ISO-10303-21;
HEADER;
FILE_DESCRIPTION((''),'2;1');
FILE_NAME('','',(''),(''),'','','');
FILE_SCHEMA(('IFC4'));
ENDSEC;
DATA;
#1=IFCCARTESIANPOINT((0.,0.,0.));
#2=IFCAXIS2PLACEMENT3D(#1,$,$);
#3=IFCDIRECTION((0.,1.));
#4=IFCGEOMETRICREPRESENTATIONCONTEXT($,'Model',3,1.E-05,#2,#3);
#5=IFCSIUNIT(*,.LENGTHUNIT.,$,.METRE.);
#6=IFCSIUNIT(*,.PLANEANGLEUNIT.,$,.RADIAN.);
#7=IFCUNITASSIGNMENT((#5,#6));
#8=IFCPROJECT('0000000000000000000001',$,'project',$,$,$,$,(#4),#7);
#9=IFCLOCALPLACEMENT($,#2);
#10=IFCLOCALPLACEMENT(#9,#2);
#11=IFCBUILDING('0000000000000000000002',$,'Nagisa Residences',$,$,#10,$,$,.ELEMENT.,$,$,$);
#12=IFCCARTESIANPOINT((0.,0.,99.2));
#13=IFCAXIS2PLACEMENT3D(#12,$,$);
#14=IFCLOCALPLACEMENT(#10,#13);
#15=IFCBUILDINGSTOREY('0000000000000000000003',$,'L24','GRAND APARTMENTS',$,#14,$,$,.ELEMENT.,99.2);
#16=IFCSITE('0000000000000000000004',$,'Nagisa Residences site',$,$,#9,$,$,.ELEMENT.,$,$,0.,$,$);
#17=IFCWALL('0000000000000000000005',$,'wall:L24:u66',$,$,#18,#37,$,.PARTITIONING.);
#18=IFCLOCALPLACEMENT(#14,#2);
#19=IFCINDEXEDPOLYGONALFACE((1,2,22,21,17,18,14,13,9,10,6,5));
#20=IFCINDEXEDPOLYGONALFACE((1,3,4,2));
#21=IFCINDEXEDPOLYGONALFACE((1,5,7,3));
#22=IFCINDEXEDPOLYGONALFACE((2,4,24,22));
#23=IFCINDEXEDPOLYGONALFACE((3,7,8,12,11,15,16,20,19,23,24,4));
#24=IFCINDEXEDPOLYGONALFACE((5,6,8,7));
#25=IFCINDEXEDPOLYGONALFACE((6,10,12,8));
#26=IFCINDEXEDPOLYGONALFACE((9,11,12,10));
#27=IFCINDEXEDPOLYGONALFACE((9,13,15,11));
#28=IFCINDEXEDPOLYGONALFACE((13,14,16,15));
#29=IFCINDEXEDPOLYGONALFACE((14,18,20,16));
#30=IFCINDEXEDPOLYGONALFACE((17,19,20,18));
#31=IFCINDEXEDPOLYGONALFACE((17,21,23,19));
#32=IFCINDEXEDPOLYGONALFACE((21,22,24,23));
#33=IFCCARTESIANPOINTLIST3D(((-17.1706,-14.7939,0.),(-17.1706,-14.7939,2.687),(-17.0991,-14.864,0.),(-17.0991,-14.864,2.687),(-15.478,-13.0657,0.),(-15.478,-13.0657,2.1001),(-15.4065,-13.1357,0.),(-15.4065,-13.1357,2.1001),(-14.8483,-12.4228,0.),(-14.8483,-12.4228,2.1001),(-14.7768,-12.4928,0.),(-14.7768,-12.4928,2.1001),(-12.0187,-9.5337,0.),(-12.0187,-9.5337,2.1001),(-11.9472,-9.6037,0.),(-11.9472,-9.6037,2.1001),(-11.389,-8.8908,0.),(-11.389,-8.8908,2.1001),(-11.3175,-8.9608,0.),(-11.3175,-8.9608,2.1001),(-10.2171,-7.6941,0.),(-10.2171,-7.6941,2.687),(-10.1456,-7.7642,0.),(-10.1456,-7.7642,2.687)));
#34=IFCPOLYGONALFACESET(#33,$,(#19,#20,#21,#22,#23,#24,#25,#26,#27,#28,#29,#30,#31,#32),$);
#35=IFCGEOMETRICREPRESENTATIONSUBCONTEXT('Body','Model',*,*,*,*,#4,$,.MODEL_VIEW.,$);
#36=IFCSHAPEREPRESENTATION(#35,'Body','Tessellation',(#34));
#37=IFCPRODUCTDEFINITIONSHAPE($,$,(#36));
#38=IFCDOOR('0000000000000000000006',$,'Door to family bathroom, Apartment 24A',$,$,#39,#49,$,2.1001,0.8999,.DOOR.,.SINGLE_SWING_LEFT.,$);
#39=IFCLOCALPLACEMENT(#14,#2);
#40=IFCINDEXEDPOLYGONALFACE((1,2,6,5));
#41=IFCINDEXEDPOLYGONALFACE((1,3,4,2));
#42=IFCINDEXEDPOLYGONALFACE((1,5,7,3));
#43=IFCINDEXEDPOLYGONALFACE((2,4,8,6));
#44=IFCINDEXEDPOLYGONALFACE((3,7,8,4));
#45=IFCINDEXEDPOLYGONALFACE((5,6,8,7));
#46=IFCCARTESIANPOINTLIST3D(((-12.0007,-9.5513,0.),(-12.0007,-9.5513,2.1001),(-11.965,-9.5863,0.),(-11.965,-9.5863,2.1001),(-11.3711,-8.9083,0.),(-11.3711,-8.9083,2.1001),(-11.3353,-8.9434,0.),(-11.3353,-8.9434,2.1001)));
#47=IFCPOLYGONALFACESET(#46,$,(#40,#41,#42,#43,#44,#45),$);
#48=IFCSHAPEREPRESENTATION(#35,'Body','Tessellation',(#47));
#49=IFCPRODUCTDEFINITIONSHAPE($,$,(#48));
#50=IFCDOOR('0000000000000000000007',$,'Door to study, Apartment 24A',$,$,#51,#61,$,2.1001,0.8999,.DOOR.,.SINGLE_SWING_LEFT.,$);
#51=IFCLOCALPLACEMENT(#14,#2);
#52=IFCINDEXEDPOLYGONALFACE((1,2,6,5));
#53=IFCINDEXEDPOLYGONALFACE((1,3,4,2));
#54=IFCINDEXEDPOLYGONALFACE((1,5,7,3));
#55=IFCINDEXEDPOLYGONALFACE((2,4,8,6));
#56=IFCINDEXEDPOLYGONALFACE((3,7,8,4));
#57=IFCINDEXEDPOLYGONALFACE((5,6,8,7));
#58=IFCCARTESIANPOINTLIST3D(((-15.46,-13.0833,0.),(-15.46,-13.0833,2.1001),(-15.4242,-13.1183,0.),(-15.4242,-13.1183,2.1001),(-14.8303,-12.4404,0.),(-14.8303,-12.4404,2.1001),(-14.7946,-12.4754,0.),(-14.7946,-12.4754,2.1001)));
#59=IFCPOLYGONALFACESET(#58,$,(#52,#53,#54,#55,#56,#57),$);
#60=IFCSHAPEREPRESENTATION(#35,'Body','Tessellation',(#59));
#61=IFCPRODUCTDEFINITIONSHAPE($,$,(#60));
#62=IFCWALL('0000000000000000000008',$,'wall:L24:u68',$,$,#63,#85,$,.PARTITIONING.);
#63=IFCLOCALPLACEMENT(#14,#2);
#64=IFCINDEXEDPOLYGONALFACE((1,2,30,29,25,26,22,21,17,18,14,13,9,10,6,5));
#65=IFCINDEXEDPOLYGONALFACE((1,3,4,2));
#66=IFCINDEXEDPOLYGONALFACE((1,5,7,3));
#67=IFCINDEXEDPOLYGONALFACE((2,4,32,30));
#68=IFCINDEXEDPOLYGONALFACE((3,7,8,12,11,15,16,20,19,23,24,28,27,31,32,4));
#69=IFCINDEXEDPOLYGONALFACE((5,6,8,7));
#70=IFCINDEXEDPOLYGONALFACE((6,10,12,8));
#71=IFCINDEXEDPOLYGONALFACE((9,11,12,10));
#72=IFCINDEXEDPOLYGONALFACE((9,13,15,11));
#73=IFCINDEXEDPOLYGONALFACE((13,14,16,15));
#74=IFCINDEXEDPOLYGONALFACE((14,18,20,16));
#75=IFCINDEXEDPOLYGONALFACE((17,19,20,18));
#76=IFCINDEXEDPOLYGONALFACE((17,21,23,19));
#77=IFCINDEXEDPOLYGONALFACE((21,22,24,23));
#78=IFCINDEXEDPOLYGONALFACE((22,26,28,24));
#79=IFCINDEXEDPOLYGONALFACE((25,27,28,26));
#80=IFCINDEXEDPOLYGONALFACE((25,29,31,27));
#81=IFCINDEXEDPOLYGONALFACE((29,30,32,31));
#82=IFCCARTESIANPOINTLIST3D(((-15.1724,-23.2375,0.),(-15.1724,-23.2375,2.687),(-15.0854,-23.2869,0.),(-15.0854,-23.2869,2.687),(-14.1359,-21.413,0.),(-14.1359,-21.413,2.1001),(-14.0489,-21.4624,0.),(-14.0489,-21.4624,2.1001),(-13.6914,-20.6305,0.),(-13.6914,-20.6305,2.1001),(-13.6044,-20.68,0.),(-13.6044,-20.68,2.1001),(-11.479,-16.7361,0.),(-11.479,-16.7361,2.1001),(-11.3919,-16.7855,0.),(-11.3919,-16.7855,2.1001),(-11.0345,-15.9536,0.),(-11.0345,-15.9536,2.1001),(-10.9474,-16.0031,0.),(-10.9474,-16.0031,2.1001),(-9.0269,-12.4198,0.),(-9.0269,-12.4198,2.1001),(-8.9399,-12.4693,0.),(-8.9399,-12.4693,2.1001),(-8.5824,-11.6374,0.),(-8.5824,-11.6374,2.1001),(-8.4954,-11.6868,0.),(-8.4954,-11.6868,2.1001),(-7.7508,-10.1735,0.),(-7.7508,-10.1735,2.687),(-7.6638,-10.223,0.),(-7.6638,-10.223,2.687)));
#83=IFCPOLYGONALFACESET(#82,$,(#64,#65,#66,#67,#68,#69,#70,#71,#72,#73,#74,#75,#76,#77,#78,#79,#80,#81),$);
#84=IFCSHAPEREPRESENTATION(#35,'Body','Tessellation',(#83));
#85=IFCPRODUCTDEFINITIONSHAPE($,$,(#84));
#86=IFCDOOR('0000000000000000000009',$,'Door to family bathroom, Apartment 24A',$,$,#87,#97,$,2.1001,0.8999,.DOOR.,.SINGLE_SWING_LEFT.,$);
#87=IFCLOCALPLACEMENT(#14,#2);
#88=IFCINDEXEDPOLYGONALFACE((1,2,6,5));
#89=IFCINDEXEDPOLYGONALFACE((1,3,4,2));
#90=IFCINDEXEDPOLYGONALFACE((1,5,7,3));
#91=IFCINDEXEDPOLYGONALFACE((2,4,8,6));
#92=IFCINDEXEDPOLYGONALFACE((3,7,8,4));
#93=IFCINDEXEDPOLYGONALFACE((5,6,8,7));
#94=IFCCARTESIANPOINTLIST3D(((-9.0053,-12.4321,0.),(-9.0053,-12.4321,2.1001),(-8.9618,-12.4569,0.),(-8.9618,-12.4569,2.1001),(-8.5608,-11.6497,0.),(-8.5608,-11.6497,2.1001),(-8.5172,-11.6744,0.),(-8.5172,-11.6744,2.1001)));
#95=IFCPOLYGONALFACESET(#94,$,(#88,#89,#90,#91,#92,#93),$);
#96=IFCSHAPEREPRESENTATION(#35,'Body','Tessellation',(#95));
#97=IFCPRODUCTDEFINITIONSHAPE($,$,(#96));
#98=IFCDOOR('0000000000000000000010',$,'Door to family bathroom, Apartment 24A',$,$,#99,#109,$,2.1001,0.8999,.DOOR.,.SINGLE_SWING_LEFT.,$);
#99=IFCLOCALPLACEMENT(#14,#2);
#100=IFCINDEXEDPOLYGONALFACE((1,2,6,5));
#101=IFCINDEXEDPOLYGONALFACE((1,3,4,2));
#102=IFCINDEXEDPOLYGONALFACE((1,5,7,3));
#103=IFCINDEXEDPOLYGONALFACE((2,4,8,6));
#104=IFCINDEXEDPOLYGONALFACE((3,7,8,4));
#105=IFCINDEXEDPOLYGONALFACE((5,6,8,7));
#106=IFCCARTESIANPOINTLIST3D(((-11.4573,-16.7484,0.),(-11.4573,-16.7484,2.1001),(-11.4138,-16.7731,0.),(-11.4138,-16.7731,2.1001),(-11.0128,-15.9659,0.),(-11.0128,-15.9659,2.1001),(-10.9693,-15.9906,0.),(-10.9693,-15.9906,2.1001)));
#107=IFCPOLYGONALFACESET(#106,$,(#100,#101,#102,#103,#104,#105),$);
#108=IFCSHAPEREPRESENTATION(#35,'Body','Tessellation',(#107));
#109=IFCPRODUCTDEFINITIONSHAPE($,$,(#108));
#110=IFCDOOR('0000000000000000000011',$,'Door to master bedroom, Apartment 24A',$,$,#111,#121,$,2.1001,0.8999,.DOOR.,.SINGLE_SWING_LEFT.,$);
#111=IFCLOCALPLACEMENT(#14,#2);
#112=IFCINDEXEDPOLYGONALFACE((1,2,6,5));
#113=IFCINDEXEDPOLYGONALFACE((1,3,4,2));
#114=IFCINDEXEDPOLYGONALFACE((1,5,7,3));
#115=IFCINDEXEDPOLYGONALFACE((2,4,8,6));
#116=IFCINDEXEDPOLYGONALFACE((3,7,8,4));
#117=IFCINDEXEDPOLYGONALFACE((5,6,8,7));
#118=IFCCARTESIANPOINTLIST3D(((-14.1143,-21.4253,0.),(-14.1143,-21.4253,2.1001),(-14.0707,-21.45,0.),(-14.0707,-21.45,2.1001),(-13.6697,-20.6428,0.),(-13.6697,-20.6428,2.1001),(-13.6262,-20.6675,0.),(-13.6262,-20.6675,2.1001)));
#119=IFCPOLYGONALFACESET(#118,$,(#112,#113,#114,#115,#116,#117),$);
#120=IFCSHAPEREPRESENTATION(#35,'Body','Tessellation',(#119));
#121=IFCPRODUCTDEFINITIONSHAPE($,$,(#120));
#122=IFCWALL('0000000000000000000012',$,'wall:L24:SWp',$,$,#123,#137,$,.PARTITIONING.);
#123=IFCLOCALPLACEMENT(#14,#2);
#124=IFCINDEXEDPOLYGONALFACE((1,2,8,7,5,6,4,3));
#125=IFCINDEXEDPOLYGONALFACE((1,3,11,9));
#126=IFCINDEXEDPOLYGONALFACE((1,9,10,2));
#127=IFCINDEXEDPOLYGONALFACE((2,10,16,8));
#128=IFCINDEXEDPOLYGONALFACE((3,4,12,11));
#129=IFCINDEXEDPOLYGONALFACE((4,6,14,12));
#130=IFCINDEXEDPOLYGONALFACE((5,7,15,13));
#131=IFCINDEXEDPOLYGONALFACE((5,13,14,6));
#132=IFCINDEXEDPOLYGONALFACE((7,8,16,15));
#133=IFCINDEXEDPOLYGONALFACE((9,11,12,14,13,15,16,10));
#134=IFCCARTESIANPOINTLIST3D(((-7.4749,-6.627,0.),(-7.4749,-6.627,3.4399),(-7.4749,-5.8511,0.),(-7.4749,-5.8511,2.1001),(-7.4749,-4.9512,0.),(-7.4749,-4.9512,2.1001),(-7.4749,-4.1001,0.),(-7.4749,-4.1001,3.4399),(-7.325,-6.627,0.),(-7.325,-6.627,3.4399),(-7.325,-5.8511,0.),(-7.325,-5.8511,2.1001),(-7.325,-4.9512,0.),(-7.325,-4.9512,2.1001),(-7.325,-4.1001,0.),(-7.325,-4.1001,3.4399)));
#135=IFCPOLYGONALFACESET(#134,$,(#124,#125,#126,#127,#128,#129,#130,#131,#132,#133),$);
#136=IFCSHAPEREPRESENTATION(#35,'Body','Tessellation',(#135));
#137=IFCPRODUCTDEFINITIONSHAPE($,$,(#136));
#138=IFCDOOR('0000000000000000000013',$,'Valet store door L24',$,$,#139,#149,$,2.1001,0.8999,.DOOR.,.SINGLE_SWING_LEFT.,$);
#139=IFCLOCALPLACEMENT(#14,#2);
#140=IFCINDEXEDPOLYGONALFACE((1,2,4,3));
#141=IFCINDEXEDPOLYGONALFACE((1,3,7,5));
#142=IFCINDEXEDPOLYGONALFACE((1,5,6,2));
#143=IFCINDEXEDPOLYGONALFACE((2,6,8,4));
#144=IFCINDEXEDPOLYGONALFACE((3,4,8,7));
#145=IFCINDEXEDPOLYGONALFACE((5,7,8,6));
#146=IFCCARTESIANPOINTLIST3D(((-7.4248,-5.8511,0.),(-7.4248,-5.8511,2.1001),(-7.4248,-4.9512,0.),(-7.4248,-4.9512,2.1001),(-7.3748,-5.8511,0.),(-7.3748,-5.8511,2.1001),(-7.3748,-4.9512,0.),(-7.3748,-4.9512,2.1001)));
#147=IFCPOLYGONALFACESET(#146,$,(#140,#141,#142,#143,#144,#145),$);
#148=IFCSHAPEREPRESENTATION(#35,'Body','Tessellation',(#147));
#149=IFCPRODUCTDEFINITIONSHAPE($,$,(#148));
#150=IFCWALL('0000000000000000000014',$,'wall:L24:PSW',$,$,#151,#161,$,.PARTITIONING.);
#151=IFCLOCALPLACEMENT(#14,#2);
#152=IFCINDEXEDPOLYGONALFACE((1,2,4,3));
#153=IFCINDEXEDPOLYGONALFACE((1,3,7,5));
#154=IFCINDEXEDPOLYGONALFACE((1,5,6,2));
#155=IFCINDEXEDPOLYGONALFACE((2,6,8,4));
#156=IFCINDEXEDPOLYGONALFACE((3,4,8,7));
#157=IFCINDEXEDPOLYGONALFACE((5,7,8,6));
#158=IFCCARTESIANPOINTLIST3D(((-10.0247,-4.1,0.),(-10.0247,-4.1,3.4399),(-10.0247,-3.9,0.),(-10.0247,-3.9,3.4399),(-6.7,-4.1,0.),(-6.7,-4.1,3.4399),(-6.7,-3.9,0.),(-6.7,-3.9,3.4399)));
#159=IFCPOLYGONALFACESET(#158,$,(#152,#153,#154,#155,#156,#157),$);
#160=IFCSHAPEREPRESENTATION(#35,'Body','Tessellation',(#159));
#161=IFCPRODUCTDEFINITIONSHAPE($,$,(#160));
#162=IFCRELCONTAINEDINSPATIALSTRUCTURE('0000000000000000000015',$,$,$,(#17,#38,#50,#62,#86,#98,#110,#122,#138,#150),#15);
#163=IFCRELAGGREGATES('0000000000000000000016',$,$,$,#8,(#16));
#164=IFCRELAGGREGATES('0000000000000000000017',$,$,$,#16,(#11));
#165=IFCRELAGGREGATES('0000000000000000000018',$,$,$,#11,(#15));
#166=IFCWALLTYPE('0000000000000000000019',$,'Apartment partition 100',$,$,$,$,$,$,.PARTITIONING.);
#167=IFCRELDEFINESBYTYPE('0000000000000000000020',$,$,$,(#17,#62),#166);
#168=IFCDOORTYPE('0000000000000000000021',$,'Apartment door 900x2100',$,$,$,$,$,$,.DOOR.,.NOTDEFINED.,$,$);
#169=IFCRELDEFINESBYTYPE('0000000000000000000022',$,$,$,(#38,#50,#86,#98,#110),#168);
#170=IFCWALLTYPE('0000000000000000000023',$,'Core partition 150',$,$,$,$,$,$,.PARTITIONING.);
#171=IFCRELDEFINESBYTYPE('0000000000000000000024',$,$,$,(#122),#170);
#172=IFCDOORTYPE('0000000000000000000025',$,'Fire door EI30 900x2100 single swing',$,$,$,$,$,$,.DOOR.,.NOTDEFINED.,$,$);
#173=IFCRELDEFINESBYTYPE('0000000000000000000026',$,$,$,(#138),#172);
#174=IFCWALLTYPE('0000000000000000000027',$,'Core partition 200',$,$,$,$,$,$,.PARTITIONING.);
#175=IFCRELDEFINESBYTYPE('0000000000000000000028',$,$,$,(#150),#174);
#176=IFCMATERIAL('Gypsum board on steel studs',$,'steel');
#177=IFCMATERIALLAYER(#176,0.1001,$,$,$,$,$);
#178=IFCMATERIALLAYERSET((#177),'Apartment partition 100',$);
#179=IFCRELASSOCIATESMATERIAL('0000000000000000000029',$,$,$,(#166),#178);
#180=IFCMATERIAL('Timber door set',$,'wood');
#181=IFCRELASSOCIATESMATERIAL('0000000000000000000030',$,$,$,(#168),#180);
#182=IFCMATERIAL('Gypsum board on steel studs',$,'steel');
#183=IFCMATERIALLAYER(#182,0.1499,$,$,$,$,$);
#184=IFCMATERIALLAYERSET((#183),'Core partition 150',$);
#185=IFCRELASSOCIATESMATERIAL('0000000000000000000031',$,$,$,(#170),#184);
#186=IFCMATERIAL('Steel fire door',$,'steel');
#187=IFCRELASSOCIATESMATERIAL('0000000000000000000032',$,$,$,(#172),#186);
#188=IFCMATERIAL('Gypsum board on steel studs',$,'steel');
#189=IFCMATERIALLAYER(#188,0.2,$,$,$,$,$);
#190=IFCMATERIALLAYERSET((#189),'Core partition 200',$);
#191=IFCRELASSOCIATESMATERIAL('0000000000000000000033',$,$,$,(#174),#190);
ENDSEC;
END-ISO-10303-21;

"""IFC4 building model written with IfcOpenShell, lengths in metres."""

from ifc_helpers import new_model, si_unit, direction, frame, frame_2d, origin, place, context, subcontext, project, spatial, rectangle, extrude, material, layer, layer_set, type_object, element, fill, save


model = new_model("IFC4")

# Units and contexts
model_context = context("Model", 3, precision=1e-05, world=origin(), true_north=direction((0.0, 1.0)))
body_context = subcontext(model_context, "Body", "Model", "MODEL_VIEW")
ifc_project = project(units=[si_unit("LENGTHUNIT", "METRE"), si_unit("PLANEANGLEUNIT", "RADIAN")], contexts=[model_context])

# Site, building, storey
site_placement = place(None, origin())
site = spatial("IfcSite", under=ifc_project, at=site_placement, Name="Nagisa Residences site", CompositionType="ELEMENT", RefElevation=0.0)
building_placement = place(site_placement, origin())
building = spatial("IfcBuilding", under=site, at=building_placement, Name="Nagisa Residences", CompositionType="ELEMENT")
storey_placement = place(building_placement, frame((0.0, 0.0, 99.2)))
storey = spatial("IfcBuildingStorey", under=building, at=storey_placement, Name="L24", Description="GRAND APARTMENTS", CompositionType="ELEMENT", Elevation=99.2)

# Walls, openings, doors
ifc_material_1 = material(Name="Gypsum board on steel studs", Category="steel")
ifc_layer_1 = layer(ifc_material_1, 0.1001)
ifc_layer_set_1 = layer_set([ifc_layer_1], Name="Apartment partition 100")
wall_type_1 = type_object("IfcWallType", Name="Apartment partition 100", PredefinedType="PARTITIONING", material=ifc_layer_set_1)
wall_1_placement = place(storey_placement, frame((-10.1814, -7.7292, 0.0), z_axis=(0.0, 0.0, 1.0), x_axis=(-0.699711, -0.714426, 0.0)))
wall_1 = element("IfcWall", 1, at=wall_1_placement, inside=storey, type_object=wall_type_1, Name="wall:L24:u66", PredefinedType="PARTITIONING", context=body_context, shape_type="SweptSolid", body=[
    extrude(rectangle(XDim=9.9377, YDim=0.1001, at=frame_2d((4.9688, 0.0))), origin(), (0.0, 0.0, 1.0), 2.687),
])
opening_1_placement = place(wall_1_placement, frame((1.6748, 0.0, 0.0)))
opening_1 = element("IfcOpeningElement", 2, at=opening_1_placement, cuts=wall_1, PredefinedType="OPENING", context=body_context, shape_type="SweptSolid", body=[
    extrude(rectangle(XDim=0.8999, YDim=2.1001, at=frame_2d((0.45, 1.05))), frame((0.0, 0.0601, 0.0), z_axis=(0.0, -1.0, 0.0), x_axis=(1.0, 0.0, 0.0)), (0.0, 0.0, 1.0), 0.1201),
])
opening_2_placement = place(wall_1_placement, frame((6.6187, 0.0, 0.0)))
opening_2 = element("IfcOpeningElement", 3, at=opening_2_placement, cuts=wall_1, PredefinedType="OPENING", context=body_context, shape_type="SweptSolid", body=[
    extrude(rectangle(XDim=0.8999, YDim=2.1001, at=frame_2d((0.45, 1.05))), frame((0.0, 0.0601, 0.0), z_axis=(0.0, -1.0, 0.0), x_axis=(1.0, 0.0, 0.0)), (0.0, 0.0, 1.0), 0.1201),
])
ifc_material_2 = material(Name="Timber door set", Category="wood")
door_type_1 = type_object("IfcDoorType", Name="Apartment door 900x2100", OperationType="NOTDEFINED", PredefinedType="DOOR", material=ifc_material_2)
door_1_placement = place(opening_1_placement, frame((0.8999, 0.0, 0.0), x_axis=(-1.0, 0.0, 0.0)))
door_1 = element("IfcDoor", 4, at=door_1_placement, inside=storey, type_object=door_type_1, Name="Door to family bathroom, Apartment 24A", OperationType="SINGLE_SWING_LEFT", OverallHeight=2.1001, OverallWidth=0.8999, PredefinedType="DOOR", context=body_context, shape_type="SweptSolid", body=[
    extrude(rectangle(XDim=0.8999, YDim=2.1001, at=frame_2d((0.45, 1.05))), frame((0.0, 0.0249, 0.0), z_axis=(0.0, -1.0, 0.0), x_axis=(1.0, 0.0, 0.0)), (0.0, 0.0, 1.0), 0.05),
])
fill(opening_1, door_1)
door_2_placement = place(opening_2_placement, frame((0.8999, 0.0, 0.0), x_axis=(-1.0, 0.0, 0.0)))
door_2 = element("IfcDoor", 5, at=door_2_placement, inside=storey, type_object=door_type_1, Name="Door to study, Apartment 24A", OperationType="SINGLE_SWING_LEFT", OverallHeight=2.1001, OverallWidth=0.8999, PredefinedType="DOOR", context=body_context, shape_type="SweptSolid", body=[
    extrude(rectangle(XDim=0.8999, YDim=2.1001, at=frame_2d((0.45, 1.05))), frame((0.0, 0.0249, 0.0), z_axis=(0.0, -1.0, 0.0), x_axis=(1.0, 0.0, 0.0)), (0.0, 0.0, 1.0), 0.05),
])
fill(opening_2, door_2)
wall_2_placement = place(storey_placement, frame((-7.7073, -10.1982, 0.0), z_axis=(0.0, 0.0, 1.0), x_axis=(-0.493955, -0.869487, 0.0)))
wall_2 = element("IfcWall", 6, at=wall_2_placement, inside=storey, type_object=wall_type_1, Name="wall:L24:u68", PredefinedType="PARTITIONING", context=body_context, shape_type="SweptSolid", body=[
    extrude(rectangle(XDim=15.0249, YDim=0.1001, at=frame_2d((7.5125, 0.0))), origin(), (0.0, 0.0, 1.0), 2.687),
])
opening_3_placement = place(wall_2_placement, frame((1.6836, 0.0, 0.0)))
opening_3 = element("IfcOpeningElement", 7, at=opening_3_placement, cuts=wall_2, PredefinedType="OPENING", context=body_context, shape_type="SweptSolid", body=[
    extrude(rectangle(XDim=0.8999, YDim=2.1001, at=frame_2d((0.45, 1.05))), frame((0.0, 0.0601, 0.0), z_axis=(0.0, -1.0, 0.0), x_axis=(1.0, 0.0, 0.0)), (0.0, 0.0, 1.0), 0.1201),
])
opening_4_placement = place(wall_2_placement, frame((6.6477, 0.0, 0.0)))
opening_4 = element("IfcOpeningElement", 8, at=opening_4_placement, cuts=wall_2, PredefinedType="OPENING", context=body_context, shape_type="SweptSolid", body=[
    extrude(rectangle(XDim=0.8999, YDim=2.1001, at=frame_2d((0.45, 1.05))), frame((0.0, 0.0601, 0.0), z_axis=(0.0, -1.0, 0.0), x_axis=(1.0, 0.0, 0.0)), (0.0, 0.0, 1.0), 0.1201),
])
opening_5_placement = place(wall_2_placement, frame((12.0266, 0.0, 0.0)))
opening_5 = element("IfcOpeningElement", 9, at=opening_5_placement, cuts=wall_2, PredefinedType="OPENING", context=body_context, shape_type="SweptSolid", body=[
    extrude(rectangle(XDim=0.8999, YDim=2.1001, at=frame_2d((0.45, 1.05))), frame((0.0, 0.0601, 0.0), z_axis=(0.0, -1.0, 0.0), x_axis=(1.0, 0.0, 0.0)), (0.0, 0.0, 1.0), 0.1201),
])
door_3_placement = place(opening_3_placement, origin())
door_3 = element("IfcDoor", 10, at=door_3_placement, inside=storey, type_object=door_type_1, Name="Door to family bathroom, Apartment 24A", OperationType="SINGLE_SWING_LEFT", OverallHeight=2.1001, OverallWidth=0.8999, PredefinedType="DOOR", context=body_context, shape_type="SweptSolid", body=[
    extrude(rectangle(XDim=0.8999, YDim=2.1001, at=frame_2d((0.45, 1.05))), frame((0.0, 0.0249, 0.0), z_axis=(0.0, -1.0, 0.0), x_axis=(1.0, 0.0, 0.0)), (0.0, 0.0, 1.0), 0.05),
])
fill(opening_3, door_3)
door_4_placement = place(opening_4_placement, origin())
door_4 = element("IfcDoor", 11, at=door_4_placement, inside=storey, type_object=door_type_1, Name="Door to family bathroom, Apartment 24A", OperationType="SINGLE_SWING_LEFT", OverallHeight=2.1001, OverallWidth=0.8999, PredefinedType="DOOR", context=body_context, shape_type="SweptSolid", body=[
    extrude(rectangle(XDim=0.8999, YDim=2.1001, at=frame_2d((0.45, 1.05))), frame((0.0, 0.0249, 0.0), z_axis=(0.0, -1.0, 0.0), x_axis=(1.0, 0.0, 0.0)), (0.0, 0.0, 1.0), 0.05),
])
fill(opening_4, door_4)
door_5_placement = place(opening_5_placement, origin())
door_5 = element("IfcDoor", 12, at=door_5_placement, inside=storey, type_object=door_type_1, Name="Door to master bedroom, Apartment 24A", OperationType="SINGLE_SWING_LEFT", OverallHeight=2.1001, OverallWidth=0.8999, PredefinedType="DOOR", context=body_context, shape_type="SweptSolid", body=[
    extrude(rectangle(XDim=0.8999, YDim=2.1001, at=frame_2d((0.45, 1.05))), frame((0.0, 0.0249, 0.0), z_axis=(0.0, -1.0, 0.0), x_axis=(1.0, 0.0, 0.0)), (0.0, 0.0, 1.0), 0.05),
])
fill(opening_5, door_5)

# Wall, opening, door
ifc_material_3 = material(Name="Gypsum board on steel studs", Category="steel")
ifc_layer_2 = layer(ifc_material_3, 0.1499)
ifc_layer_set_2 = layer_set([ifc_layer_2], Name="Core partition 150")
wall_type_2 = type_object("IfcWallType", Name="Core partition 150", PredefinedType="PARTITIONING", material=ifc_layer_set_2)
wall_3_placement = place(storey_placement, frame((-7.3999, -6.627, 0.0), z_axis=(0.0, 0.0, 1.0), x_axis=(0.0, 1.0, 0.0)))
wall_3 = element("IfcWall", 13, at=wall_3_placement, inside=storey, type_object=wall_type_2, Name="wall:L24:SWp", PredefinedType="PARTITIONING", context=body_context, shape_type="SweptSolid", body=[
    extrude(rectangle(XDim=2.5269, YDim=0.1499, at=frame_2d((1.2634, 0.0))), origin(), (0.0, 0.0, 1.0), 3.4399),
])
opening_6_placement = place(wall_3_placement, frame((0.7759, 0.0, 0.0)))
opening_6 = element("IfcOpeningElement", 14, at=opening_6_placement, cuts=wall_3, PredefinedType="OPENING", context=body_context, shape_type="SweptSolid", body=[
    extrude(rectangle(XDim=0.8999, YDim=2.1001, at=frame_2d((0.45, 1.05))), frame((0.0, 0.085, 0.0), z_axis=(0.0, -1.0, 0.0), x_axis=(1.0, 0.0, 0.0)), (0.0, 0.0, 1.0), 0.1699),
])
ifc_material_4 = material(Name="Steel fire door", Category="steel")
door_type_2 = type_object("IfcDoorType", Name="Fire door EI30 900x2100 single swing", OperationType="NOTDEFINED", PredefinedType="DOOR", material=ifc_material_4)
door_6_placement = place(opening_6_placement, origin())
door_6 = element("IfcDoor", 15, at=door_6_placement, inside=storey, type_object=door_type_2, Name="Valet store door L24", OperationType="SINGLE_SWING_LEFT", OverallHeight=2.1001, OverallWidth=0.8999, PredefinedType="DOOR", context=body_context, shape_type="SweptSolid", body=[
    extrude(rectangle(XDim=0.8999, YDim=2.1001, at=frame_2d((0.45, 1.05))), frame((0.0, 0.0249, 0.0), z_axis=(0.0, -1.0, 0.0), x_axis=(1.0, 0.0, 0.0)), (0.0, 0.0, 1.0), 0.05),
])
fill(opening_6, door_6)

# Wall
ifc_material_5 = material(Name="Gypsum board on steel studs", Category="steel")
ifc_layer_3 = layer(ifc_material_5, 0.2)
ifc_layer_set_3 = layer_set([ifc_layer_3], Name="Core partition 200")
wall_type_3 = type_object("IfcWallType", Name="Core partition 200", PredefinedType="PARTITIONING", material=ifc_layer_set_3)
wall_4_placement = place(storey_placement, frame((-10.0247, -4.0, 0.0), z_axis=(0.0, 0.0, 1.0), x_axis=(1.0, 0.0, 0.0)))
element("IfcWall", 16, at=wall_4_placement, inside=storey, type_object=wall_type_3, Name="wall:L24:PSW", PredefinedType="PARTITIONING", context=body_context, shape_type="SweptSolid", body=[
    extrude(rectangle(XDim=3.3247, YDim=0.2, at=frame_2d((1.6624, 0.0))), origin(), (0.0, 0.0, 1.0), 3.4399),
])

save(model, "model.ifc")
